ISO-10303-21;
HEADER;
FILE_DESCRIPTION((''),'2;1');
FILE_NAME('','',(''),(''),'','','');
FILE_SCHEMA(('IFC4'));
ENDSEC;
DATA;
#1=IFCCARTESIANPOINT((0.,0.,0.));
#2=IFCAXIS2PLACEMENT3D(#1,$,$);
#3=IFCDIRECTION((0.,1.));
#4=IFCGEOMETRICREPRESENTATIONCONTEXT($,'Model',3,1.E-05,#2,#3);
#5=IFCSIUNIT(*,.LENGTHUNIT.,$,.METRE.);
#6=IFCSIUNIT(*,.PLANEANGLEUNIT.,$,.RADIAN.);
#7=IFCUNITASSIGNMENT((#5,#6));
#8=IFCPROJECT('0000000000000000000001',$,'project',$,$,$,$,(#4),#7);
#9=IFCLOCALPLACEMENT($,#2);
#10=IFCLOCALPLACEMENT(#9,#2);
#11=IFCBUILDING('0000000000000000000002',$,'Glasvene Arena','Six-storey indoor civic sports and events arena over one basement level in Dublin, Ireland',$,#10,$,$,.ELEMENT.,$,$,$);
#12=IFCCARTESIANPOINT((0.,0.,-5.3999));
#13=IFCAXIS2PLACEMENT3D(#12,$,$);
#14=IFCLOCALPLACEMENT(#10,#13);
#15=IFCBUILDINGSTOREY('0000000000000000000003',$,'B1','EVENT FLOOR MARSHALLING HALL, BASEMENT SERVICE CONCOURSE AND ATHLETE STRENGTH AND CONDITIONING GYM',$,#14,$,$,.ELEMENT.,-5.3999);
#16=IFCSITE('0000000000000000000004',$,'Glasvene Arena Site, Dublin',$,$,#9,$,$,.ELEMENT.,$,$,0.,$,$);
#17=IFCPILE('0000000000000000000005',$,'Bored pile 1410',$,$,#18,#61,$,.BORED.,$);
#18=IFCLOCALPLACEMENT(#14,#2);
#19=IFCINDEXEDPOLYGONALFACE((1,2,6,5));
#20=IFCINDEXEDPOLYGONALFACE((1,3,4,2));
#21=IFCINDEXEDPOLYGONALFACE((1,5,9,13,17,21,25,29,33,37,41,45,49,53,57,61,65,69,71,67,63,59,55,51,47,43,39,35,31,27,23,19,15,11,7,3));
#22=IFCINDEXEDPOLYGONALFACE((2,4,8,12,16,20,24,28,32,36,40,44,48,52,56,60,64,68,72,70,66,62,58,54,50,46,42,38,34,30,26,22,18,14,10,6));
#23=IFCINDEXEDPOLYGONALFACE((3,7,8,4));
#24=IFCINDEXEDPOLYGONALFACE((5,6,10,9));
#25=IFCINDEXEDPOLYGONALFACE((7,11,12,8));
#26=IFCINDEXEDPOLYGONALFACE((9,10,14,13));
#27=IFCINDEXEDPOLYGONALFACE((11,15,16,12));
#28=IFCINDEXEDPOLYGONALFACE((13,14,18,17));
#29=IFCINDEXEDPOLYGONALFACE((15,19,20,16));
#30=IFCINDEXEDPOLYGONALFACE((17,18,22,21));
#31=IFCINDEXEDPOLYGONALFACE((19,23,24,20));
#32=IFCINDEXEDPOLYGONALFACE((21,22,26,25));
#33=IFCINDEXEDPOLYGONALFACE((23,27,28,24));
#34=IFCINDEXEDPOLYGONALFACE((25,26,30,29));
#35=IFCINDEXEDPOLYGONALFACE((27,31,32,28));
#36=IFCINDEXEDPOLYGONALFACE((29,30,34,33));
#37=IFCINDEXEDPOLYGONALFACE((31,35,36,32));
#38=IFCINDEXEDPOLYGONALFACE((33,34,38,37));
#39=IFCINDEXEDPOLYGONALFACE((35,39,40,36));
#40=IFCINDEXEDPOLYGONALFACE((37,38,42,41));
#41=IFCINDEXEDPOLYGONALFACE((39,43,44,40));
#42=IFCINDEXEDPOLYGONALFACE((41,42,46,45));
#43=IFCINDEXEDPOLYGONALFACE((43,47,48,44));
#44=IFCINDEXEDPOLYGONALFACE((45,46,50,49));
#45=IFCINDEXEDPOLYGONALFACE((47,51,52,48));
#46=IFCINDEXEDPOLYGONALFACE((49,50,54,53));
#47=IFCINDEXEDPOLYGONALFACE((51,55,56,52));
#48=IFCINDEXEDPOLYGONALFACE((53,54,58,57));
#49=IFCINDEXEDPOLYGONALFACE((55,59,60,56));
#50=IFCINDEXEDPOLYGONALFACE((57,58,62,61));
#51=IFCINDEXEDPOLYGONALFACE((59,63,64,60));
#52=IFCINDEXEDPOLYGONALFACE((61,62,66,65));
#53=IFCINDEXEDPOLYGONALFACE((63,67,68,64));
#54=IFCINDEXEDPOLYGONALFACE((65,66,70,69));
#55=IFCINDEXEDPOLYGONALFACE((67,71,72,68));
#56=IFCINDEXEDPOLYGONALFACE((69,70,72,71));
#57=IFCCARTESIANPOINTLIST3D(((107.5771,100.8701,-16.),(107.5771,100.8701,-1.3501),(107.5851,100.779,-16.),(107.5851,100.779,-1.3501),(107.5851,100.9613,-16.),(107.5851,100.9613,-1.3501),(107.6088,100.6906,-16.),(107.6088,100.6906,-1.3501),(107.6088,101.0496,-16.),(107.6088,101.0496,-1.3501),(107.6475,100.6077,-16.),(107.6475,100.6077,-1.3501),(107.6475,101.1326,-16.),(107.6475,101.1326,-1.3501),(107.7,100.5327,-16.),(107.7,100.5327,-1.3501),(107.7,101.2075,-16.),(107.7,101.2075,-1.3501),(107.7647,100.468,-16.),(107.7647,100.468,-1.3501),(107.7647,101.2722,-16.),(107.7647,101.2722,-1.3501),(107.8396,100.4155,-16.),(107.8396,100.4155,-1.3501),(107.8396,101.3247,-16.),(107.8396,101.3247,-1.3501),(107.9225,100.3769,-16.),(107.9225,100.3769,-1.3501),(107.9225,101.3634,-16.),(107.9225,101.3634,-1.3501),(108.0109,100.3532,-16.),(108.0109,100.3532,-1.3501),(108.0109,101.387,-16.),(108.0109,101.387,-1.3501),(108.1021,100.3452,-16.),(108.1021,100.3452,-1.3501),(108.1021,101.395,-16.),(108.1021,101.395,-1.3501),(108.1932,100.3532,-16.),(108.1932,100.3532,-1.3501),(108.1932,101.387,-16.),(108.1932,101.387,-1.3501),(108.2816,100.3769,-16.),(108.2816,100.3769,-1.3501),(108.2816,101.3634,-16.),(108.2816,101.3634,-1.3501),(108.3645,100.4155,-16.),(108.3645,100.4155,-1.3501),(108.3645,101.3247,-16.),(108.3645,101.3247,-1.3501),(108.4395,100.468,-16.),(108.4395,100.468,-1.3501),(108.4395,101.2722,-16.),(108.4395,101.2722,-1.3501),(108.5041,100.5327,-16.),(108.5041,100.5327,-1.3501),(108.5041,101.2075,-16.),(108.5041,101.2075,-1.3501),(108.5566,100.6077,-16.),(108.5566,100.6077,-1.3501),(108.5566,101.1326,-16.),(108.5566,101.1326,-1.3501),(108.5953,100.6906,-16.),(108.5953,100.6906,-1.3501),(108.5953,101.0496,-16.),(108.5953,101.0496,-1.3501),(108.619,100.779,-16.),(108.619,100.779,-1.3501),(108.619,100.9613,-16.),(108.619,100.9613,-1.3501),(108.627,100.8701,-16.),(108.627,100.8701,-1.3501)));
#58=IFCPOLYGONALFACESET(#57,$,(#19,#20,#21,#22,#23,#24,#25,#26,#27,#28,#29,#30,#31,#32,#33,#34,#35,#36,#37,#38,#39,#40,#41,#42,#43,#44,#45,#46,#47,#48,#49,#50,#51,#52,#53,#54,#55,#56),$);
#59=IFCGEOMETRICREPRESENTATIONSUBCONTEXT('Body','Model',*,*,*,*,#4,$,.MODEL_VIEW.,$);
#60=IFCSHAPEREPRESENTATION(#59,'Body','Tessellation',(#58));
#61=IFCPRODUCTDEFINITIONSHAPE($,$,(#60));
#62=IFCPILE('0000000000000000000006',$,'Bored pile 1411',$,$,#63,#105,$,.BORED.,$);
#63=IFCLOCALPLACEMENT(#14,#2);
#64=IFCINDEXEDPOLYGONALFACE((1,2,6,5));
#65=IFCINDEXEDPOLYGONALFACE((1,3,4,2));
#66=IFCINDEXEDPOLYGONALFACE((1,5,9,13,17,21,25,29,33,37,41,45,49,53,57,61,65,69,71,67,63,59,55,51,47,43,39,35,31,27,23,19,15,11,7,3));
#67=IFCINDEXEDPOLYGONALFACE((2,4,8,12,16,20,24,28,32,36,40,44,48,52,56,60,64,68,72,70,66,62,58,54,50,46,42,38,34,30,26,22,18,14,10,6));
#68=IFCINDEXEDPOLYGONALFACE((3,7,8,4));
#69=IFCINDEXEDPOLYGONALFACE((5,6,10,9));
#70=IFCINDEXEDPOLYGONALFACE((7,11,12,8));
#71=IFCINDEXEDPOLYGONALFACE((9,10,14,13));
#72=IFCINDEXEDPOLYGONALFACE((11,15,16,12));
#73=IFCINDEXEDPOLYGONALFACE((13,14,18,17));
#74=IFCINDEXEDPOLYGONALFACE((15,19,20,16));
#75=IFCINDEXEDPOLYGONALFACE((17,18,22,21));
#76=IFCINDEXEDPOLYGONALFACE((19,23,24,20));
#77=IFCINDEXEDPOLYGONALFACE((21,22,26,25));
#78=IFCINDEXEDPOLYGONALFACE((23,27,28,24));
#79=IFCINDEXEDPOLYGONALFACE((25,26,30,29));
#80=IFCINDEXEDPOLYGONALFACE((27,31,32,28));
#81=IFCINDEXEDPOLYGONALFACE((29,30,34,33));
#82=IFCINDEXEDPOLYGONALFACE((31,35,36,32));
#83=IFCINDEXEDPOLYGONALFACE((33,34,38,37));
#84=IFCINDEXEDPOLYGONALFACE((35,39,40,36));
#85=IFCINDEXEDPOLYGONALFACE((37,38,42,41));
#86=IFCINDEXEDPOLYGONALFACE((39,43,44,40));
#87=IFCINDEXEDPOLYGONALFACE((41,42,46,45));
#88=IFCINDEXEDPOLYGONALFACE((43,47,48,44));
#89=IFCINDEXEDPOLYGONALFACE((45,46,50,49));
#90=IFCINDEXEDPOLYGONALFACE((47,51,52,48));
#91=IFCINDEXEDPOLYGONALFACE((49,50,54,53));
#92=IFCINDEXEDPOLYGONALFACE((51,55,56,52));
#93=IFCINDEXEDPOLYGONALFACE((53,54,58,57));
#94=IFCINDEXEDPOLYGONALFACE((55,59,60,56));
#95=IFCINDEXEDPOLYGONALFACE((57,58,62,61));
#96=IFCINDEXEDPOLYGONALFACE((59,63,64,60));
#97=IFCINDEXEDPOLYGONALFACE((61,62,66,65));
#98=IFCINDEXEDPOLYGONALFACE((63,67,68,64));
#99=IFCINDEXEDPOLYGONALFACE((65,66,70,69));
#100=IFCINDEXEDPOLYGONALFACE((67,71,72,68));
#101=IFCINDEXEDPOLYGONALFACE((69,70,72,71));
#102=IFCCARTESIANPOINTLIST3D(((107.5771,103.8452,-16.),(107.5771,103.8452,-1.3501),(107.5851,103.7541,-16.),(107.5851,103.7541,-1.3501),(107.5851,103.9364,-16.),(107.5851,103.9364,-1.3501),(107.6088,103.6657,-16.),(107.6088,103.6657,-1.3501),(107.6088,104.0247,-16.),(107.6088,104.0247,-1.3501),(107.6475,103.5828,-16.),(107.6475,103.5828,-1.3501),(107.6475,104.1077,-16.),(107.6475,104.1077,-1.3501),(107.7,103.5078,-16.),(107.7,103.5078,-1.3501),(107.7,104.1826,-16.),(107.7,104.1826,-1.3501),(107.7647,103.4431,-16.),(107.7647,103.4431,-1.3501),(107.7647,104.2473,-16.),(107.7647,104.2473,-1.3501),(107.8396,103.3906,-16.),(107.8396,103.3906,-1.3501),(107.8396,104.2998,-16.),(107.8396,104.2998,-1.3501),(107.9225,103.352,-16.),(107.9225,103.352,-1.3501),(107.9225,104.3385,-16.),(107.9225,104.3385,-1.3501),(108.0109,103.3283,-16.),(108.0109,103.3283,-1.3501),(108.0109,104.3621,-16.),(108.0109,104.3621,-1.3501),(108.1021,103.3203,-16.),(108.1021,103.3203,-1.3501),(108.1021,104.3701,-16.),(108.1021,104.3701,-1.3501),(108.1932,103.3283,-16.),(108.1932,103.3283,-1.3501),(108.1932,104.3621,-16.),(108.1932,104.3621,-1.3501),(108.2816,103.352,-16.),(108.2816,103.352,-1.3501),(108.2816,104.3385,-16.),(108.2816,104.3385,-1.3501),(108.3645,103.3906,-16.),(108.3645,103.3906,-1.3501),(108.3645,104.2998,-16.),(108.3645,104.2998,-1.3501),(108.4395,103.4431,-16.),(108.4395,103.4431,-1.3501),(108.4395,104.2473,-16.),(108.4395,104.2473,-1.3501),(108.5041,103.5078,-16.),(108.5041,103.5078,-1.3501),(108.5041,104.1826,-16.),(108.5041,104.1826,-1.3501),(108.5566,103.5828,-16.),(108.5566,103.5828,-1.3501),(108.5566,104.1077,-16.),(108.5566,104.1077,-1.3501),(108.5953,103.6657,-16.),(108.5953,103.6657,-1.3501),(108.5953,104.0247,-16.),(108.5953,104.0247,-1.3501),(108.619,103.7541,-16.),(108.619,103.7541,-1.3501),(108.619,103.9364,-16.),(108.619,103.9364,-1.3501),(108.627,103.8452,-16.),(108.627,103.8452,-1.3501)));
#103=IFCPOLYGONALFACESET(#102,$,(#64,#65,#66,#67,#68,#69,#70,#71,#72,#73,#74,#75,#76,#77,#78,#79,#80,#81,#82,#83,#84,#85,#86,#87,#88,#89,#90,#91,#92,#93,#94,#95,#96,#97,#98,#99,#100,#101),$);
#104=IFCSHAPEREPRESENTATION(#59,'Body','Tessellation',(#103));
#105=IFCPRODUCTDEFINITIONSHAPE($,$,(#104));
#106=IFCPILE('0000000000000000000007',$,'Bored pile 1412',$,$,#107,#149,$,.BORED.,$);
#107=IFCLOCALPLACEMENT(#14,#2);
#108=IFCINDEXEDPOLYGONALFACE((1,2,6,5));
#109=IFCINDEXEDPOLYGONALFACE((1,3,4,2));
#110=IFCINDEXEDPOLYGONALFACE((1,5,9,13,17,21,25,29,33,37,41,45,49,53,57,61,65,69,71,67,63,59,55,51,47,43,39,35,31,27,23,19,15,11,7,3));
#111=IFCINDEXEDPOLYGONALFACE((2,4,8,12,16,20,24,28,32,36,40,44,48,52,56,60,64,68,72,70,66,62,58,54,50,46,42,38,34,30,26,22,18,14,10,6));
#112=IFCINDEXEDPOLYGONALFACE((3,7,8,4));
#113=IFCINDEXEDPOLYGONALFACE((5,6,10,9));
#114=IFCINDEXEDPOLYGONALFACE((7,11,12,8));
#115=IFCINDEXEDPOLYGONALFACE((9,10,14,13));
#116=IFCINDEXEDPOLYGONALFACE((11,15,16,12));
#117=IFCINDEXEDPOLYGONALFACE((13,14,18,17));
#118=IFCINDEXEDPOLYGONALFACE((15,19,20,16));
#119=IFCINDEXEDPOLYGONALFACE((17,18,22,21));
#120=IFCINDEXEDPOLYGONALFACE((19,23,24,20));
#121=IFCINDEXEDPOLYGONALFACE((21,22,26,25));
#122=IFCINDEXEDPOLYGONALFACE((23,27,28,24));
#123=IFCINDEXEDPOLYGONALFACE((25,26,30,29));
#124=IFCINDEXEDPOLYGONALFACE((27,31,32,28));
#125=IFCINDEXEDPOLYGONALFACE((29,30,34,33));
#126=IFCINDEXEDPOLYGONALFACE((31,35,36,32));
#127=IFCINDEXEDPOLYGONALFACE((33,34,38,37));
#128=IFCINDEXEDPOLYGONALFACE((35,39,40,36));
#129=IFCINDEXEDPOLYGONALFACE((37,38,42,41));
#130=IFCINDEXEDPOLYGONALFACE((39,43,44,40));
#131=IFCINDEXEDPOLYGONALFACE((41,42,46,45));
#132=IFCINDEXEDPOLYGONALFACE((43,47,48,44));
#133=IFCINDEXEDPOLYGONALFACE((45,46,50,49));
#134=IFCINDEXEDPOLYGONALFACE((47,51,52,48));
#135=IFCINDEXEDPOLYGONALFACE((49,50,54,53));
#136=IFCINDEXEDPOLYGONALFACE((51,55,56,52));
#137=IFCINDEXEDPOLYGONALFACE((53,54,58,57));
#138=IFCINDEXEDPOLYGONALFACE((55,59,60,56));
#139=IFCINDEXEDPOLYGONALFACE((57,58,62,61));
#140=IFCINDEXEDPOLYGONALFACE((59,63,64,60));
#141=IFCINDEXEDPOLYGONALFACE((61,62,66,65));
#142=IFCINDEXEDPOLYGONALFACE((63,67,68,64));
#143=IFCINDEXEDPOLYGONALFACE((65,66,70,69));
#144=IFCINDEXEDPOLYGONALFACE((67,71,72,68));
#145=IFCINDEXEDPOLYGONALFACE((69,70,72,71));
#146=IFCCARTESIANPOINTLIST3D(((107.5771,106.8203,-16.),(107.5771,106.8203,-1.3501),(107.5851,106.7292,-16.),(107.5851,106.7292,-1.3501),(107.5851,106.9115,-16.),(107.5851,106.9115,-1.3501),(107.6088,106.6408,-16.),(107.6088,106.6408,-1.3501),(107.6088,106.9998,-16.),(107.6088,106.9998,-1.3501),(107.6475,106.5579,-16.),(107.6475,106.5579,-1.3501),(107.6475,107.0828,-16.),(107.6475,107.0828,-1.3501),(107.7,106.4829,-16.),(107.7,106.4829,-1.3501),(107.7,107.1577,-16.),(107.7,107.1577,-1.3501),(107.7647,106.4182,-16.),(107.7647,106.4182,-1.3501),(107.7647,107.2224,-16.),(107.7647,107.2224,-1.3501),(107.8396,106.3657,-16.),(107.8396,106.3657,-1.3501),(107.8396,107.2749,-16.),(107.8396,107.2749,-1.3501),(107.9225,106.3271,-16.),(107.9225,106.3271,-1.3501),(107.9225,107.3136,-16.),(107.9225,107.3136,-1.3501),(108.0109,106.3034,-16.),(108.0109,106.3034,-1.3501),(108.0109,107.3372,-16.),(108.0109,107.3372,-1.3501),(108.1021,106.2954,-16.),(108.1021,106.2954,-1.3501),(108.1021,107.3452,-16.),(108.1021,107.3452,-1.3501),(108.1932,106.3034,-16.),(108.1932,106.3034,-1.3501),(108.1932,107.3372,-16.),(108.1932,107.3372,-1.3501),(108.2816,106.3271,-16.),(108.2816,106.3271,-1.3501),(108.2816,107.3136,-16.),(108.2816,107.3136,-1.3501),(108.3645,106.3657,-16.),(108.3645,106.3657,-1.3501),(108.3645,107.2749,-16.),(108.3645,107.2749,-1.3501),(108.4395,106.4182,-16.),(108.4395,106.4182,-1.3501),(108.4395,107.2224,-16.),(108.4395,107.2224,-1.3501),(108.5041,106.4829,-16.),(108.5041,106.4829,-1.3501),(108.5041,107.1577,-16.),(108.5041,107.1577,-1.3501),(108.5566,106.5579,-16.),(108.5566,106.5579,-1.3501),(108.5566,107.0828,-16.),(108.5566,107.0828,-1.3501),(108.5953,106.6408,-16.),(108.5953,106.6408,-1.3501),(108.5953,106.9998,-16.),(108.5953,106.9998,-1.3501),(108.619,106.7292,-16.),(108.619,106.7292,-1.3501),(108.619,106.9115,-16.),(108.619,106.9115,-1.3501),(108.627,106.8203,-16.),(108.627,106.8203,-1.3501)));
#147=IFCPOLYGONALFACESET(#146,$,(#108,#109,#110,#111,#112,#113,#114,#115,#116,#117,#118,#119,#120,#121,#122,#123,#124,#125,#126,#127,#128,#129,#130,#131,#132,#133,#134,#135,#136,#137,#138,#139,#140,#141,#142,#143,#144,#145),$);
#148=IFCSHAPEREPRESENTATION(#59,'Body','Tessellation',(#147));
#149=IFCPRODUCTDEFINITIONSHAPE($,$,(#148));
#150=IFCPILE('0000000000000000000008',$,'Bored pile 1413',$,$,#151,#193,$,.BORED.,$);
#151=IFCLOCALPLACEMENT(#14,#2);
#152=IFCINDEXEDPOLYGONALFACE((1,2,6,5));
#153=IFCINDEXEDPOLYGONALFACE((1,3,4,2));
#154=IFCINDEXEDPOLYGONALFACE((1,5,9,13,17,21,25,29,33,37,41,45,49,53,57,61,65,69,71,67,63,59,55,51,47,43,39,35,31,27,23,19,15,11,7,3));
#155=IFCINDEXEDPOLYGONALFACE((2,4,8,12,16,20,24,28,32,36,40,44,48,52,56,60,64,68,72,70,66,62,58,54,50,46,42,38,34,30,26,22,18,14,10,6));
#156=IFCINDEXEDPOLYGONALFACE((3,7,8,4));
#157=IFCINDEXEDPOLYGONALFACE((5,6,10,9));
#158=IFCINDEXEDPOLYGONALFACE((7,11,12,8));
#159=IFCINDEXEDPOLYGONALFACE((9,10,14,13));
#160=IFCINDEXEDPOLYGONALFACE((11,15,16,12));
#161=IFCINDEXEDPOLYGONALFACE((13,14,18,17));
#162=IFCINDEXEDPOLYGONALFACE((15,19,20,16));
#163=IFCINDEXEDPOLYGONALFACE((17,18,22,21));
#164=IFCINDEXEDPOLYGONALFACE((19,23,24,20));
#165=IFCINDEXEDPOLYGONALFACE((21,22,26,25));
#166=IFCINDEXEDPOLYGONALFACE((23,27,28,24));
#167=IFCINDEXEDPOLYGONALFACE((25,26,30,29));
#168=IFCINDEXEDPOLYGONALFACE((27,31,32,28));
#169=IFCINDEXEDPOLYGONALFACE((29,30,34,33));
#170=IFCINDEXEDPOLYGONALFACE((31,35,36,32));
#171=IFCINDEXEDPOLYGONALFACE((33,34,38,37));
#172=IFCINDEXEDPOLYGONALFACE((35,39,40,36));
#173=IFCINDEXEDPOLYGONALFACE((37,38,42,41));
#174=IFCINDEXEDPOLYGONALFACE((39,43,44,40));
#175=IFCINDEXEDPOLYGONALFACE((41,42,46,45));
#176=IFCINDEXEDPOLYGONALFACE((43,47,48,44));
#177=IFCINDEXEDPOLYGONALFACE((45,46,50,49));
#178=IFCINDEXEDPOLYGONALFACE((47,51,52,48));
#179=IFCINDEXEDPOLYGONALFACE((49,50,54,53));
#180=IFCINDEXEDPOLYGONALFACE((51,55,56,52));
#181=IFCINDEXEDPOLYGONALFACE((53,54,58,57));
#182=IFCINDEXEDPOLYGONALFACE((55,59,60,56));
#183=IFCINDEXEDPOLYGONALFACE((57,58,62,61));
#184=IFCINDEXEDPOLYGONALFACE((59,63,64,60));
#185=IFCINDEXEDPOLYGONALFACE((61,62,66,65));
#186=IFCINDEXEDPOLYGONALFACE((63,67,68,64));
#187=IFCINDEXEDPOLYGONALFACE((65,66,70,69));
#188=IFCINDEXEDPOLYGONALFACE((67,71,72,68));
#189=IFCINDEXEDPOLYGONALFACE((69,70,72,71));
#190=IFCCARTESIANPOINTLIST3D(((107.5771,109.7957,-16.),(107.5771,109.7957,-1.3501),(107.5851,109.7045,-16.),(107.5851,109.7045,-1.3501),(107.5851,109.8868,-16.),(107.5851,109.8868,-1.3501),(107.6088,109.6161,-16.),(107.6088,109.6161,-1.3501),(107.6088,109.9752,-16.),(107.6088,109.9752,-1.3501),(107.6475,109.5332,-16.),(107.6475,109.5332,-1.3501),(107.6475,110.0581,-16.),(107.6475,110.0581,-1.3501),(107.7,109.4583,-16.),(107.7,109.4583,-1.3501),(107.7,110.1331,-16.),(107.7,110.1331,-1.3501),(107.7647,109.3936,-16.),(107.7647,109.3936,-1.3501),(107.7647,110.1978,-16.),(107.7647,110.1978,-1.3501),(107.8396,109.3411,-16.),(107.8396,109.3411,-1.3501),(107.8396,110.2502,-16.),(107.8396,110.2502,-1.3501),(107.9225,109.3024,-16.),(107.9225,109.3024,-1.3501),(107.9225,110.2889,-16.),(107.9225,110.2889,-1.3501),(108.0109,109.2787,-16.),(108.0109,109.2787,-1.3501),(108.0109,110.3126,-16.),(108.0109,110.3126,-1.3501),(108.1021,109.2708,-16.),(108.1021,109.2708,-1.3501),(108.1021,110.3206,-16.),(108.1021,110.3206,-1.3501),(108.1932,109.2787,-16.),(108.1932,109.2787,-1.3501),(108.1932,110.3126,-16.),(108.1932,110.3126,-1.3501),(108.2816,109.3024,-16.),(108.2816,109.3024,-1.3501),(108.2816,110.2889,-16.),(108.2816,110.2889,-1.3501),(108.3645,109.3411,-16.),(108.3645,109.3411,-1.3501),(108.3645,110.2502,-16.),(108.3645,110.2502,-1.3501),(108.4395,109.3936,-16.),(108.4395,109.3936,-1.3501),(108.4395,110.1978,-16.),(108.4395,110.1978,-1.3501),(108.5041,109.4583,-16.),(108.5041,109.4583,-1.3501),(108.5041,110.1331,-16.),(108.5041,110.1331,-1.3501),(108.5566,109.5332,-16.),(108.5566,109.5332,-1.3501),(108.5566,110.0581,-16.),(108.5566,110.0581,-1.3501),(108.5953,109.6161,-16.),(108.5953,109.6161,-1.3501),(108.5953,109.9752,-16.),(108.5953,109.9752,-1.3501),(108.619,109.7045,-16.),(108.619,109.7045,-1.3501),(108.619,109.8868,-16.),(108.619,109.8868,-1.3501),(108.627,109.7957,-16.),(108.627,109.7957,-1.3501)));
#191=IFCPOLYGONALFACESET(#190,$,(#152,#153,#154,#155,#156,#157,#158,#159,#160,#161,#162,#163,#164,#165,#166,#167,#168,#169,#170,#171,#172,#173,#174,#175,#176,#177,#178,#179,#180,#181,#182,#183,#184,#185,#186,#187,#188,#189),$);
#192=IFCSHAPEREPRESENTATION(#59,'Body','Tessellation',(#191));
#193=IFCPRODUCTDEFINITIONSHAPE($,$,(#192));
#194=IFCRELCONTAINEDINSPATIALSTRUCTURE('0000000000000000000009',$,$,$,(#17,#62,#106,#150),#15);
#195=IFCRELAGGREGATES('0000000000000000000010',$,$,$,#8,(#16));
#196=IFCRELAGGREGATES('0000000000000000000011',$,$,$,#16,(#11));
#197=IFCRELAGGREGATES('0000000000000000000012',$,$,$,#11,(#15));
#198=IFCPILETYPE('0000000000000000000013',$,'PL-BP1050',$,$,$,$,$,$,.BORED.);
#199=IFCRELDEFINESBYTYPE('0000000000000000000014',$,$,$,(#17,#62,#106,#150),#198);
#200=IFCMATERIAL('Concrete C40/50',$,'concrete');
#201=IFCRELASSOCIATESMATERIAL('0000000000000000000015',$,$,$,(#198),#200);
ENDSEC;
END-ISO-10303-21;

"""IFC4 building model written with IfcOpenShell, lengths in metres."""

from ifc_helpers import new_model, si_unit, direction, frame, origin, origin_2d, place, context, subcontext, project, spatial, circle, extrude, material, material_profile, profile_set, type_object, element, save


model = new_model("IFC4")

# Units and contexts
model_context = context("Model", 3, precision=1e-05, world=origin(), true_north=direction((0.0, 1.0)))
body_context = subcontext(model_context, "Body", "Model", "MODEL_VIEW")
ifc_project = project(units=[si_unit("LENGTHUNIT", "METRE"), si_unit("PLANEANGLEUNIT", "RADIAN")], contexts=[model_context])

# Site, building, storey
site_placement = place(None, origin())
site = spatial("IfcSite", under=ifc_project, at=site_placement, Name="Glasvene Arena Site, Dublin", CompositionType="ELEMENT", RefElevation=0.0)
building_placement = place(site_placement, origin())
building = spatial("IfcBuilding", under=site, at=building_placement, Name="Glasvene Arena", Description="Six-storey indoor civic sports and events arena over one basement level in Dublin, Ireland", CompositionType="ELEMENT")
storey_placement = place(building_placement, frame((0.0, 0.0, -5.3999)))
storey = spatial("IfcBuildingStorey", under=building, at=storey_placement, Name="B1", Description="EVENT FLOOR MARSHALLING HALL, BASEMENT SERVICE CONCOURSE AND ATHLETE STRENGTH AND CONDITIONING GYM", CompositionType="ELEMENT", Elevation=-5.3999)

# Piles
ifc_material_1 = material(Name="Concrete C40/50", Category="concrete")
ifc_material_profile_1 = material_profile(ifc_material_1, circle(Radius=0.5249, at=origin_2d()), Name="BORED PILE 1050")
ifc_profile_set_1 = profile_set([ifc_material_profile_1], Name="Concrete C40/50")
pile_type = type_object("IfcPileType", Name="PL-BP1050", PredefinedType="BORED", material=ifc_profile_set_1)
for number, where, z_axis, x_axis, name in (
    (1, (108.1021, 100.8701, -1.3501), (0.0, 0.0, -1.0), (1.0, 0.0, 0.0), "Bored pile 1410"),
    (2, (108.1021, 103.8452, -1.3501), (0.0, 0.0, -1.0), (1.0, 0.0, 0.0), "Bored pile 1411"),
    (3, (108.1021, 106.8203, -1.3501), (0.0, 0.0, -1.0), (1.0, 0.0, 0.0), "Bored pile 1412"),
    (4, (108.1021, 109.7957, -1.3501), (0.0, 0.0, -1.0), (1.0, 0.0, 0.0), "Bored pile 1413"),
):
    element("IfcPile", number, at=place(storey_placement, frame(where, z_axis=z_axis, x_axis=x_axis)), inside=storey, type_object=pile_type, Name=name, PredefinedType="BORED", context=body_context, shape_type="SweptSolid", body=[
        extrude(circle(Radius=0.5249, at=origin_2d()), origin(), (0.0, 0.0, 1.0), 14.6499),
    ])

save(model, "model.ifc")
